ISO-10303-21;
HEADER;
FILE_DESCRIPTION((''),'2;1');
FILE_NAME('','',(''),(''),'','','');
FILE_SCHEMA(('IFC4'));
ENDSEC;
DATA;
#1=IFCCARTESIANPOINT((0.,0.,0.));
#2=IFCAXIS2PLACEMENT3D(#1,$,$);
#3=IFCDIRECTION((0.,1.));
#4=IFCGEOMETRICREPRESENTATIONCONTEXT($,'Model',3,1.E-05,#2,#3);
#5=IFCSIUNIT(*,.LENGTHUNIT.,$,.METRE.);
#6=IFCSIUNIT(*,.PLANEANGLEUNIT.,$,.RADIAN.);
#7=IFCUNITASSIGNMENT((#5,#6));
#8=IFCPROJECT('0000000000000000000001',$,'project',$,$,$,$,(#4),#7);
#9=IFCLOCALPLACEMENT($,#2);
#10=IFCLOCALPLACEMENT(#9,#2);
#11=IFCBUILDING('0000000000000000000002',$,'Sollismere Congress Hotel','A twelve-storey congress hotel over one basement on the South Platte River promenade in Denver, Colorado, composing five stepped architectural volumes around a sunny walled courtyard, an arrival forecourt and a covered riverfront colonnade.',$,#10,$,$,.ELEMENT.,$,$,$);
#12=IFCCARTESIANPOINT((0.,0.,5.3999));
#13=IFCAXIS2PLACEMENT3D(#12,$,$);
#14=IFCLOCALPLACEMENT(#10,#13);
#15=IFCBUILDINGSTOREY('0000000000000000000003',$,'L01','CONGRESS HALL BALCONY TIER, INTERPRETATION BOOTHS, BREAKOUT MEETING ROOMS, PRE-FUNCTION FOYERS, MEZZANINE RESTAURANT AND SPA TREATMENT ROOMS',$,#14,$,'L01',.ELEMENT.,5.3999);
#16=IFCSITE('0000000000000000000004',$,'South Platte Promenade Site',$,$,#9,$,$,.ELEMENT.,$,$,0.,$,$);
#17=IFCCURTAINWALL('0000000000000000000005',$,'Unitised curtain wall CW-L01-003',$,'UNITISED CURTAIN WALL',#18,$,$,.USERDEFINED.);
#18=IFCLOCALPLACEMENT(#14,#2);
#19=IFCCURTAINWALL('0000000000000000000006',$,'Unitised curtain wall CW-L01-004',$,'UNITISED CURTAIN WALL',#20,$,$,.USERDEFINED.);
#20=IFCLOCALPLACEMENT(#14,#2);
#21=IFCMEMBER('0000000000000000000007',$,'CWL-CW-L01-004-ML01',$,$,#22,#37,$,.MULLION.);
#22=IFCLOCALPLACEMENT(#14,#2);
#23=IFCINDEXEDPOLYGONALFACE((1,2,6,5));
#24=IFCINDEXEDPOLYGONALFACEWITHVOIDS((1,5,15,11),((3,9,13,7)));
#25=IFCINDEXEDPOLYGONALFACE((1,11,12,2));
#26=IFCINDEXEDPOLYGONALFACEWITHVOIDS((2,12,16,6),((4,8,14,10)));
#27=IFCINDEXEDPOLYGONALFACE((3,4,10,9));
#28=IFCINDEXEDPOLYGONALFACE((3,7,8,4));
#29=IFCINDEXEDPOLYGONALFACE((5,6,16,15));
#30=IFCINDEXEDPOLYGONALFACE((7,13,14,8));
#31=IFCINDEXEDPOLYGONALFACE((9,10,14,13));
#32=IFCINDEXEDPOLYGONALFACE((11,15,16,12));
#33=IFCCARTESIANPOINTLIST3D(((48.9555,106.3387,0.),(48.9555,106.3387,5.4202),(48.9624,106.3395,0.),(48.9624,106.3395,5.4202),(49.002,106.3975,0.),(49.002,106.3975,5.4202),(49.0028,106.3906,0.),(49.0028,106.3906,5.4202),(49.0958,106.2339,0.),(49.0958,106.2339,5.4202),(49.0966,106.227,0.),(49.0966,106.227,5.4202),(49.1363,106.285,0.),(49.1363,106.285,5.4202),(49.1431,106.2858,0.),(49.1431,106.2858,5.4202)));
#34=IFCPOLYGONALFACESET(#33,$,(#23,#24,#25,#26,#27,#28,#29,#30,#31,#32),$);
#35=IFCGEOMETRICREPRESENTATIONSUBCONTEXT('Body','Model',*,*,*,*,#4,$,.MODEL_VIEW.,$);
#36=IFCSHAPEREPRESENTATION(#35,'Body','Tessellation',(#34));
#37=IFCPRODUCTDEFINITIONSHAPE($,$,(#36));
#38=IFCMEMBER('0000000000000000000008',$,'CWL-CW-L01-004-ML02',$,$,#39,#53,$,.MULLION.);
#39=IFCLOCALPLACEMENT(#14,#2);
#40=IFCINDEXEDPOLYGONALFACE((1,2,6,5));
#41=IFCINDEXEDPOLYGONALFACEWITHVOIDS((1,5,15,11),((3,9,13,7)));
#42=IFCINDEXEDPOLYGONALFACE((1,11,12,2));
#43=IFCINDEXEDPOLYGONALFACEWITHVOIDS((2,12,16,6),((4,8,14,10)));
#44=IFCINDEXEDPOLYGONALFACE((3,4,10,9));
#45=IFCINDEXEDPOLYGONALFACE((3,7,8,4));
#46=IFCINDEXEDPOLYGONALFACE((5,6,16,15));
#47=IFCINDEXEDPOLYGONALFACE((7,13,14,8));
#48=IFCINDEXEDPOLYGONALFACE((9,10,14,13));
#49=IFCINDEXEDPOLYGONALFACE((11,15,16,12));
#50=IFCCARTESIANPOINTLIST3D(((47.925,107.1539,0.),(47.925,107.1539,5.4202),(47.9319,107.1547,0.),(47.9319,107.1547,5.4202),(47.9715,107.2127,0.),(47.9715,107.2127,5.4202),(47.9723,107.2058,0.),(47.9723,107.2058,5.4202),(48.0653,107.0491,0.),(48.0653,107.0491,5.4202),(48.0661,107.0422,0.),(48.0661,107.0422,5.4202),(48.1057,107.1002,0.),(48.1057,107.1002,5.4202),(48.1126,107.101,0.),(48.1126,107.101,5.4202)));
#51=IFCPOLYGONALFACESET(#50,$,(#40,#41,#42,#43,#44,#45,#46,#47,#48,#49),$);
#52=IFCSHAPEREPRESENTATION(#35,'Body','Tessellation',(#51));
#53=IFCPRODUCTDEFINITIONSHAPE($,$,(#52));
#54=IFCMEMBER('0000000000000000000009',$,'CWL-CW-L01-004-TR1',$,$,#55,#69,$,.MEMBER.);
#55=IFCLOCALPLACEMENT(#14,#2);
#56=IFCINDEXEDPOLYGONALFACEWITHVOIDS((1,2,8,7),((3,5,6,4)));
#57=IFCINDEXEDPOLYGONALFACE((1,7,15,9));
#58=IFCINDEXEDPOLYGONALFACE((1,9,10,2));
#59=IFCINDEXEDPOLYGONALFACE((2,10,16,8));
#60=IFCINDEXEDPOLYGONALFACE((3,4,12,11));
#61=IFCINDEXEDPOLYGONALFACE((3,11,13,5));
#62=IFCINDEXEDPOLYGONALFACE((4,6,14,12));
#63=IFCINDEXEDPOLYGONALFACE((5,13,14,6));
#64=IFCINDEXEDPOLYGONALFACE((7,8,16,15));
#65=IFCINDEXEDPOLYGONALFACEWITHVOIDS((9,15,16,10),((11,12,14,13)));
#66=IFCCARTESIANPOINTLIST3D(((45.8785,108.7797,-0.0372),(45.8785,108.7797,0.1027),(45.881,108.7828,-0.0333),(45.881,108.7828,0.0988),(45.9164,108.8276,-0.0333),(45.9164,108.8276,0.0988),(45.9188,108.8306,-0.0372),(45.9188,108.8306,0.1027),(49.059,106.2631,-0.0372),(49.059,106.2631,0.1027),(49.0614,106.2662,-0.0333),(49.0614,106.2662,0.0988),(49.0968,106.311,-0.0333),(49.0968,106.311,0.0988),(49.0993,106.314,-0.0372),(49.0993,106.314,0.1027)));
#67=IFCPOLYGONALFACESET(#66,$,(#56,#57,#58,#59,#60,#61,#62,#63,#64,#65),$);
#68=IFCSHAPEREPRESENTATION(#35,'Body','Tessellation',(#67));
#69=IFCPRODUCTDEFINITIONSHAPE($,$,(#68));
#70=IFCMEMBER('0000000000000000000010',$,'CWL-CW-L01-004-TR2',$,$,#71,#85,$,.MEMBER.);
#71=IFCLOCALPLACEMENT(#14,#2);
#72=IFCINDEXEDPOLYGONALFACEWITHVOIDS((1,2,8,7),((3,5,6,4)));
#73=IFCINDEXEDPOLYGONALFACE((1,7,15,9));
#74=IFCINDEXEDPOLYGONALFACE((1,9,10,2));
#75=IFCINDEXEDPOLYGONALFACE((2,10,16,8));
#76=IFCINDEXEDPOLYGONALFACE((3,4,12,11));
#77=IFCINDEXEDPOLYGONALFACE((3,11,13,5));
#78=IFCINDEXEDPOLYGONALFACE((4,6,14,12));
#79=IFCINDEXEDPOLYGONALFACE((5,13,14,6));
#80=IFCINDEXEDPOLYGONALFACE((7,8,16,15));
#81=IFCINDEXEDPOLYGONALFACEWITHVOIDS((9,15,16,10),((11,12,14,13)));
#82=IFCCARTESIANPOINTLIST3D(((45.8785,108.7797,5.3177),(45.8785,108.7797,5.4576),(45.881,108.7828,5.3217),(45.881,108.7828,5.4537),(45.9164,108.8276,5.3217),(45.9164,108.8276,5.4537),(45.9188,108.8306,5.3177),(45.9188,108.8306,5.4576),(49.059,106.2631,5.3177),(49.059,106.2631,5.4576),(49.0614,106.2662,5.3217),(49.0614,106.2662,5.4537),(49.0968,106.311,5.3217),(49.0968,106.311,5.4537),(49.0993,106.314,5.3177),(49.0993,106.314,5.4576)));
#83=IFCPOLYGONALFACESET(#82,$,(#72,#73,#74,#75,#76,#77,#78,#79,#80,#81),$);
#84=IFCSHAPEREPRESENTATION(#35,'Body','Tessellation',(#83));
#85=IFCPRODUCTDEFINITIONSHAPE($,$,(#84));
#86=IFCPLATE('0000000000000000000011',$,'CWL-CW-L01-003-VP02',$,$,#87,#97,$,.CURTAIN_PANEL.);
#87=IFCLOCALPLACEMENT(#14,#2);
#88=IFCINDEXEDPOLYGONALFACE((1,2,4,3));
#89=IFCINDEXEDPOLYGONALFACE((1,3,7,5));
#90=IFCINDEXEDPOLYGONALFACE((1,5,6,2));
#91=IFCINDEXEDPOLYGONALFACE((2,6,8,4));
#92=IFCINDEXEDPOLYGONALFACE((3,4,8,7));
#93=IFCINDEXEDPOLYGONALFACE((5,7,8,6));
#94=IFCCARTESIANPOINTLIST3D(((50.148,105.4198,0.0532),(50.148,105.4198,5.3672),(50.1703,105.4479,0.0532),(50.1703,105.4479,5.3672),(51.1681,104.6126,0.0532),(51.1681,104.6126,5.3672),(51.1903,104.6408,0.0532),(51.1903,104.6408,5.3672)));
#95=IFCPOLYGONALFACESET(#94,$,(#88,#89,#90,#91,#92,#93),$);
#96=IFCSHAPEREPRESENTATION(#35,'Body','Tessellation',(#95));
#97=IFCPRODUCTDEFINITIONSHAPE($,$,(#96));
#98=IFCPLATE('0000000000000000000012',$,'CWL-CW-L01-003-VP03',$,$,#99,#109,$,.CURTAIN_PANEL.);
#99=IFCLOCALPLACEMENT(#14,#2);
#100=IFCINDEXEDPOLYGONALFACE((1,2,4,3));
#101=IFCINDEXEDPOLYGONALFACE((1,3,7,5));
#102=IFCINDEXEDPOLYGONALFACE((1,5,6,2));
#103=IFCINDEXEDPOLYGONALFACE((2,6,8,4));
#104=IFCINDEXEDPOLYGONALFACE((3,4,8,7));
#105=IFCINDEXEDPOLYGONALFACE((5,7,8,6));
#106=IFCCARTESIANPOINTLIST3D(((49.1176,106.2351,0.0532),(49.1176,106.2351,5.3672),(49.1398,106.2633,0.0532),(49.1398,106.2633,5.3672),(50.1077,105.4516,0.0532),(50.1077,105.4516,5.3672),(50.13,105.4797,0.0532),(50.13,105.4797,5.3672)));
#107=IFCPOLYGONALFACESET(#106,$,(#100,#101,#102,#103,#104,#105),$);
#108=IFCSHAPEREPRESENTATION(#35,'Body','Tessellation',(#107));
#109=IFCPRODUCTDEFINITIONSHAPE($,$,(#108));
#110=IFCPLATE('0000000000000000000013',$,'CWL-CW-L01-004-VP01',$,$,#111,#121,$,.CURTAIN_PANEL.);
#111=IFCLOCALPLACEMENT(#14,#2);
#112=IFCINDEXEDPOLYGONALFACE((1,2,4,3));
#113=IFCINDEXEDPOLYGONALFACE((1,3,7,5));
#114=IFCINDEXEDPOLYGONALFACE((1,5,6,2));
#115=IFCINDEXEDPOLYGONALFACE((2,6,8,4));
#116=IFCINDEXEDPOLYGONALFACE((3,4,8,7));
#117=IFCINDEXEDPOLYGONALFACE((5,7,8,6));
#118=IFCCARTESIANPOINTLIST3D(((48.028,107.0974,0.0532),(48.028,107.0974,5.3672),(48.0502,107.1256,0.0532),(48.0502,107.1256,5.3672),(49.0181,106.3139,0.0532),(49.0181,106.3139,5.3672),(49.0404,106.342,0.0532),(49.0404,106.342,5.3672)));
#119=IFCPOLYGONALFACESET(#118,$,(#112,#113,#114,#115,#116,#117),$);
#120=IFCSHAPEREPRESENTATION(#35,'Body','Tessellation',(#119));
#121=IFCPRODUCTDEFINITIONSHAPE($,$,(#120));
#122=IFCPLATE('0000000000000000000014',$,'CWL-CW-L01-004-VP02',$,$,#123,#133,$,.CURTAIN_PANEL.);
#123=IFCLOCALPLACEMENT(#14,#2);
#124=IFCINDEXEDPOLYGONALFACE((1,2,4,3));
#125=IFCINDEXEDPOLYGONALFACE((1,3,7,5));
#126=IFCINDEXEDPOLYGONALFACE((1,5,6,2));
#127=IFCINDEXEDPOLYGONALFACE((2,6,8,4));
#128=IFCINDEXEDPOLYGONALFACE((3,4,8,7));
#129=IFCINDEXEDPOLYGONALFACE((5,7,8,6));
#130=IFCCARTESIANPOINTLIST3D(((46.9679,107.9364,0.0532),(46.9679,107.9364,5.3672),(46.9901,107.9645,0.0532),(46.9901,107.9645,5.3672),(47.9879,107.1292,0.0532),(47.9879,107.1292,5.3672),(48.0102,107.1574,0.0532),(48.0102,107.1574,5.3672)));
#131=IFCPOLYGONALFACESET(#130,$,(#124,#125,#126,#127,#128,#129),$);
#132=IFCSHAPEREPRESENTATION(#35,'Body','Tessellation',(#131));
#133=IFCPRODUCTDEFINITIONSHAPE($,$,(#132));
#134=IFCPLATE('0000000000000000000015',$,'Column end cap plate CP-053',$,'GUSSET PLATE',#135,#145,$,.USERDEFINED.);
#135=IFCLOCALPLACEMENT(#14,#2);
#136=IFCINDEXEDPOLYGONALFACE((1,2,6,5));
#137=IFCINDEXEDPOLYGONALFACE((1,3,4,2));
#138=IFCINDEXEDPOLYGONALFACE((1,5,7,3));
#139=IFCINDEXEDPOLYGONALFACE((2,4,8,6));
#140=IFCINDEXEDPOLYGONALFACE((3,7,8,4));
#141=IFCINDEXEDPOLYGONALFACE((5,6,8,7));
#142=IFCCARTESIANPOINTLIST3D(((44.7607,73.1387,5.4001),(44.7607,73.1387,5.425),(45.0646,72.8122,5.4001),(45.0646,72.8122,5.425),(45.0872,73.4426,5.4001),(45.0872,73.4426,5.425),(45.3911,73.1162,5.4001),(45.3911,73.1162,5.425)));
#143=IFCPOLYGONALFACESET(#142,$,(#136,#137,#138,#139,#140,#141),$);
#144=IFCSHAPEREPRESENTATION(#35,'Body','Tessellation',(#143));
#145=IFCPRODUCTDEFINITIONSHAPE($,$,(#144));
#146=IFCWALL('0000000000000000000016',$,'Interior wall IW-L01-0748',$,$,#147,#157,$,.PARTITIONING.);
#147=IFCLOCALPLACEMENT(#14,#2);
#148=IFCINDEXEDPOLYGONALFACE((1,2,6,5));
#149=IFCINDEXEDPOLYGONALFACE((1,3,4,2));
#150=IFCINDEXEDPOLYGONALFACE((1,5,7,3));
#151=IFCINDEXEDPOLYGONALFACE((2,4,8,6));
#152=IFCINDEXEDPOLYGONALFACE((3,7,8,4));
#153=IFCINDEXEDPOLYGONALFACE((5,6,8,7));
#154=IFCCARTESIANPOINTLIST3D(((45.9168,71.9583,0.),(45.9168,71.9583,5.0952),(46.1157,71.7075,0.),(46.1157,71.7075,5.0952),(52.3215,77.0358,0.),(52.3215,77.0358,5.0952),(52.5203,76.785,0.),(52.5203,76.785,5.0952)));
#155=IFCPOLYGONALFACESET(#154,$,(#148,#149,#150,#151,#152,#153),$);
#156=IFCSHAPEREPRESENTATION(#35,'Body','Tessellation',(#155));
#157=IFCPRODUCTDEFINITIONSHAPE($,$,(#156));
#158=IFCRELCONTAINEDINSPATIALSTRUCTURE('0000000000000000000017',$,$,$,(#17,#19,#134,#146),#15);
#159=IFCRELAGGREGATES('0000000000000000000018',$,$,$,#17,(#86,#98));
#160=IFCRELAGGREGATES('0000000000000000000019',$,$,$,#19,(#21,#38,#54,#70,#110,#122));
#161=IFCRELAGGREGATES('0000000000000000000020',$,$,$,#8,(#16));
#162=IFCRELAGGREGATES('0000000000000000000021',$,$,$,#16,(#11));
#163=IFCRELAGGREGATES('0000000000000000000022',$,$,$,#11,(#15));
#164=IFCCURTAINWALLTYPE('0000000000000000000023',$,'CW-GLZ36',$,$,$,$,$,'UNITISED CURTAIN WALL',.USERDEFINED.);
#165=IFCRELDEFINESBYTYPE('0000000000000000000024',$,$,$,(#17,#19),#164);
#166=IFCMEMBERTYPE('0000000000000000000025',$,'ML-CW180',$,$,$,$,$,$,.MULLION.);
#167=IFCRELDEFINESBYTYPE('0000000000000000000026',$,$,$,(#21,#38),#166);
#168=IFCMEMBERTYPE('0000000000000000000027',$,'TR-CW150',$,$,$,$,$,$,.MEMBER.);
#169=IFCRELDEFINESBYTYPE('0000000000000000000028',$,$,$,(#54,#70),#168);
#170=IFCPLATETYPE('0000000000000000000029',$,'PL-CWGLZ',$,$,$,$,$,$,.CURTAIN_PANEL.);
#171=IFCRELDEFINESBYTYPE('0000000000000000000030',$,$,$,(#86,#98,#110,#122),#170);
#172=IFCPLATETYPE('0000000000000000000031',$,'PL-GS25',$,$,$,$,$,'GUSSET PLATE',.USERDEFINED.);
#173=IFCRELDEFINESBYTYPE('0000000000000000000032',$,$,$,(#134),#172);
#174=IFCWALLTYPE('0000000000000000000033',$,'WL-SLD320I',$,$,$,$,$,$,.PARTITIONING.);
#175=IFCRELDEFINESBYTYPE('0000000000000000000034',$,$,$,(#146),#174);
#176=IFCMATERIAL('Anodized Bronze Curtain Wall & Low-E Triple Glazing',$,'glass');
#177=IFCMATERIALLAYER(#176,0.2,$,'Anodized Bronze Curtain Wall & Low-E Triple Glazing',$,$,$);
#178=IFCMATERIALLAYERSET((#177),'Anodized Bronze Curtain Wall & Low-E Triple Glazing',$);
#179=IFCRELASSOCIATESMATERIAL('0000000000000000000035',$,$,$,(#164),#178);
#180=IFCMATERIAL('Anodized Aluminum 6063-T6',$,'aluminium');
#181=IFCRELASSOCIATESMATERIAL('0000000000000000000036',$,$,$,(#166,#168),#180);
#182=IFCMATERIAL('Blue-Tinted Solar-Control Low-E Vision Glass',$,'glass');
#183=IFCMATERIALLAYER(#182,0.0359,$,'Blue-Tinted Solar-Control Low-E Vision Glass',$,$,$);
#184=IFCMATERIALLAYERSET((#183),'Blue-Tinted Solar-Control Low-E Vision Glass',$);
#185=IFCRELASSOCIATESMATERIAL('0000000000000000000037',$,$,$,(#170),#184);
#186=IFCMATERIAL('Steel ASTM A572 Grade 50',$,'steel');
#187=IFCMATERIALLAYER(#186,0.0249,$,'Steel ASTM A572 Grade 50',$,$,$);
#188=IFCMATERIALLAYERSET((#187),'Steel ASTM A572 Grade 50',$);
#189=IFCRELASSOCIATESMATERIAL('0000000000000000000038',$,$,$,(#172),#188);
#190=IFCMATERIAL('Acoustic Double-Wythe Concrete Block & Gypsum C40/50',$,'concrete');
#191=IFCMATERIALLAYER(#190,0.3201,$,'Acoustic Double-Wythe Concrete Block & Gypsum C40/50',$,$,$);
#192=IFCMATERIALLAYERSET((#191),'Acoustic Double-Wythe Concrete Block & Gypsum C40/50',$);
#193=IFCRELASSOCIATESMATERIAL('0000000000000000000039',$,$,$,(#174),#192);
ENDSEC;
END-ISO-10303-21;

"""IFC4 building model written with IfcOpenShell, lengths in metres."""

from ifc_helpers import new_model, si_unit, direction, frame, frame_2d, origin, origin_2d, place, context, subcontext, project, spatial, rectangle, hollow_rectangle, extrude, material, layer, layer_set, material_profile, profile_set, type_object, element, aggregate, save


model = new_model("IFC4")

# Units and contexts
model_context = context("Model", 3, precision=1e-05, world=origin(), true_north=direction((0.0, 1.0)))
body_context = subcontext(model_context, "Body", "Model", "MODEL_VIEW")
ifc_project = project(units=[si_unit("LENGTHUNIT", "METRE"), si_unit("PLANEANGLEUNIT", "RADIAN")], contexts=[model_context])

# Site, building, storey
site_placement = place(None, origin())
site = spatial("IfcSite", under=ifc_project, at=site_placement, Name="South Platte Promenade Site", CompositionType="ELEMENT", RefElevation=0.0)
building_placement = place(site_placement, origin())
building = spatial("IfcBuilding", under=site, at=building_placement, Name="Sollismere Congress Hotel", Description="A twelve-storey congress hotel over one basement on the South Platte River promenade in Denver, Colorado, composing five stepped architectural volumes around a sunny walled courtyard, an arrival forecourt and a covered riverfront colonnade.", CompositionType="ELEMENT")
storey_placement = place(building_placement, frame((0.0, 0.0, 5.3999)))
storey = spatial("IfcBuildingStorey", under=building, at=storey_placement, Name="L01", Description="CONGRESS HALL BALCONY TIER, INTERPRETATION BOOTHS, BREAKOUT MEETING ROOMS, PRE-FUNCTION FOYERS, MEZZANINE RESTAURANT AND SPA TREATMENT ROOMS", LongName="L01", CompositionType="ELEMENT", Elevation=5.3999)

# Curtain walls, members
ifc_material_1 = material(Name="Anodized Bronze Curtain Wall & Low-E Triple Glazing", Category="glass")
ifc_layer_1 = layer(ifc_material_1, 0.2, Name="Anodized Bronze Curtain Wall & Low-E Triple Glazing")
ifc_layer_set_1 = layer_set([ifc_layer_1], Name="Anodized Bronze Curtain Wall & Low-E Triple Glazing")
curtain_wall_type = type_object("IfcCurtainWallType", Name="CW-GLZ36", ElementType="UNITISED CURTAIN WALL", PredefinedType="USERDEFINED", material=ifc_layer_set_1)
curtain_wall_1_placement = place(storey_placement, origin())
curtain_wall_1 = element("IfcCurtainWall", 1, at=curtain_wall_1_placement, inside=storey, type_object=curtain_wall_type, Name="Unitised curtain wall CW-L01-003", ObjectType="UNITISED CURTAIN WALL", PredefinedType="USERDEFINED")
ifc_material_2 = material(Name="Anodized Aluminum 6063-T6", Category="aluminium")
ifc_material_profile_1 = material_profile(ifc_material_2, hollow_rectangle(XDim=0.075, YDim=0.1799, WallThickness=0.0049, at=origin_2d()), Name="ALU180X75X5")
ifc_profile_set_1 = profile_set([ifc_material_profile_1], Name="Anodized Aluminum 6063-T6")
member_type_1 = type_object("IfcMemberType", Name="ML-CW180", PredefinedType="MULLION", material=ifc_profile_set_1)
curtain_wall_2_placement = place(storey_placement, origin())
curtain_wall_2 = element("IfcCurtainWall", 2, at=curtain_wall_2_placement, inside=storey, type_object=curtain_wall_type, Name="Unitised curtain wall CW-L01-004", ObjectType="UNITISED CURTAIN WALL", PredefinedType="USERDEFINED")
member_1_placement = place(storey_placement, frame((49.0493, 106.3123, 0.0), z_axis=(0.0, 0.0, 1.0), x_axis=(-0.620532, -0.784181, 0.0)))
member_1 = element("IfcMember", 3, at=member_1_placement, type_object=member_type_1, Name="CWL-CW-L01-004-ML01", PredefinedType="MULLION", context=body_context, shape_type="SweptSolid", body=[
    extrude(hollow_rectangle(XDim=0.075, YDim=0.1799, WallThickness=0.0049, at=origin_2d()), origin(), (0.0, 0.0, 1.0), 5.4202),
])
member_2_placement = place(storey_placement, frame((48.0188, 107.1274, 0.0), z_axis=(0.0, 0.0, 1.0), x_axis=(-0.620532, -0.784181, 0.0)))
member_2 = element("IfcMember", 4, at=member_2_placement, type_object=member_type_1, Name="CWL-CW-L01-004-ML02", PredefinedType="MULLION", context=body_context, shape_type="SweptSolid", body=[
    extrude(hollow_rectangle(XDim=0.075, YDim=0.1799, WallThickness=0.0049, at=origin_2d()), origin(), (0.0, 0.0, 1.0), 5.4202),
])
ifc_material_profile_2 = material_profile(ifc_material_2, hollow_rectangle(XDim=0.0649, YDim=0.1399, WallThickness=0.0039, at=origin_2d()), Name="ALU140X65X4")
ifc_profile_set_2 = profile_set([ifc_material_profile_2], Name="Anodized Aluminum 6063-T6")
member_type_2 = type_object("IfcMemberType", Name="TR-CW150", PredefinedType="MEMBER", material=ifc_profile_set_2)
member_3_placement = place(storey_placement, frame((49.0791, 106.2886, 0.0327), z_axis=(-0.784194, 0.620516, 0.0), x_axis=(-0.620516, -0.784194, 0.0)))
member_3 = element("IfcMember", 5, at=member_3_placement, type_object=member_type_2, Name="CWL-CW-L01-004-TR1", PredefinedType="MEMBER", context=body_context, shape_type="SweptSolid", body=[
    extrude(hollow_rectangle(XDim=0.0649, YDim=0.1399, WallThickness=0.0039, at=origin_2d()), origin(), (0.0, 0.0, 1.0), 4.0557),
])
member_4_placement = place(storey_placement, frame((49.0791, 106.2886, 5.3877), z_axis=(-0.784194, 0.620516, 0.0), x_axis=(-0.620516, -0.784194, 0.0)))
member_4 = element("IfcMember", 6, at=member_4_placement, type_object=member_type_2, Name="CWL-CW-L01-004-TR2", PredefinedType="MEMBER", context=body_context, shape_type="SweptSolid", body=[
    extrude(hollow_rectangle(XDim=0.0649, YDim=0.1399, WallThickness=0.0039, at=origin_2d()), origin(), (0.0, 0.0, 1.0), 4.0557),
])

# Plates
ifc_material_3 = material(Name="Blue-Tinted Solar-Control Low-E Vision Glass", Category="glass")
ifc_layer_2 = layer(ifc_material_3, 0.0359, Name="Blue-Tinted Solar-Control Low-E Vision Glass")
ifc_layer_set_2 = layer_set([ifc_layer_2], Name="Blue-Tinted Solar-Control Low-E Vision Glass")
plate_type_1 = type_object("IfcPlateType", Name="PL-CWGLZ", PredefinedType="CURTAIN_PANEL", material=ifc_layer_set_2)
plate_1_placement = place(storey_placement, frame((50.6692, 105.0303, 0.0532), z_axis=(0.0, 0.0, 1.0), x_axis=(-0.784181, 0.620532, 0.0)))
plate_1 = element("IfcPlate", 7, at=plate_1_placement, type_object=plate_type_1, Name="CWL-CW-L01-003-VP02", PredefinedType="CURTAIN_PANEL", context=body_context, shape_type="SweptSolid", body=[
    extrude(rectangle(XDim=1.3008, YDim=0.0359, at=origin_2d()), origin(), (0.0, 0.0, 1.0), 5.314),
])
plate_2_placement = place(storey_placement, frame((49.6238, 105.8574, 0.0532), z_axis=(0.0, 0.0, 1.0), x_axis=(-0.784181, 0.620532, 0.0)))
plate_2 = element("IfcPlate", 8, at=plate_2_placement, type_object=plate_type_1, Name="CWL-CW-L01-003-VP03", PredefinedType="CURTAIN_PANEL", context=body_context, shape_type="SweptSolid", body=[
    extrude(rectangle(XDim=1.2627, YDim=0.0359, at=origin_2d()), origin(), (0.0, 0.0, 1.0), 5.314),
])
aggregate(curtain_wall_1, [plate_1, plate_2])
plate_3_placement = place(storey_placement, frame((48.5342, 106.7197, 0.0532), z_axis=(0.0, 0.0, 1.0), x_axis=(-0.784181, 0.620532, 0.0)))
plate_3 = element("IfcPlate", 9, at=plate_3_placement, type_object=plate_type_1, Name="CWL-CW-L01-004-VP01", PredefinedType="CURTAIN_PANEL", context=body_context, shape_type="SweptSolid", body=[
    extrude(rectangle(XDim=1.2627, YDim=0.0359, at=origin_2d()), origin(), (0.0, 0.0, 1.0), 5.314),
])
plate_4_placement = place(storey_placement, frame((47.489, 107.5469, 0.0532), z_axis=(0.0, 0.0, 1.0), x_axis=(-0.784181, 0.620532, 0.0)))
plate_4 = element("IfcPlate", 10, at=plate_4_placement, type_object=plate_type_1, Name="CWL-CW-L01-004-VP02", PredefinedType="CURTAIN_PANEL", context=body_context, shape_type="SweptSolid", body=[
    extrude(rectangle(XDim=1.3008, YDim=0.0359, at=origin_2d()), origin(), (0.0, 0.0, 1.0), 5.314),
])
aggregate(curtain_wall_2, [member_1, member_2, member_3, member_4, plate_3, plate_4])
ifc_material_4 = material(Name="Steel ASTM A572 Grade 50", Category="steel")
ifc_layer_3 = layer(ifc_material_4, 0.0249, Name="Steel ASTM A572 Grade 50")
ifc_layer_set_3 = layer_set([ifc_layer_3], Name="Steel ASTM A572 Grade 50")
plate_type_2 = type_object("IfcPlateType", Name="PL-GS25", ElementType="GUSSET PLATE", PredefinedType="USERDEFINED", material=ifc_layer_set_3)
plate_5_placement = place(storey_placement, frame((45.0759, 73.1274, 5.4001), z_axis=(0.0, 0.0, 1.0), x_axis=(0.68136, -0.731949, 0.0)))
element("IfcPlate", 11, at=plate_5_placement, inside=storey, type_object=plate_type_2, Name="Column end cap plate CP-053", ObjectType="GUSSET PLATE", PredefinedType="USERDEFINED", context=body_context, shape_type="SweptSolid", body=[
    extrude(rectangle(XDim=0.446, YDim=0.446, at=origin_2d()), origin(), (0.0, 0.0, 1.0), 0.0249),
])

# Wall
ifc_material_5 = material(Name="Acoustic Double-Wythe Concrete Block & Gypsum C40/50", Category="concrete")
ifc_layer_4 = layer(ifc_material_5, 0.3201, Name="Acoustic Double-Wythe Concrete Block & Gypsum C40/50")
ifc_layer_set_4 = layer_set([ifc_layer_4], Name="Acoustic Double-Wythe Concrete Block & Gypsum C40/50")
wall_type = type_object("IfcWallType", Name="WL-SLD320I", PredefinedType="PARTITIONING", material=ifc_layer_set_4)
wall_placement = place(storey_placement, frame((46.0164, 71.833, 0.0), z_axis=(0.0, 0.0, 1.0), x_axis=(0.783621, 0.621239, 0.0)))
element("IfcWall", 12, at=wall_placement, inside=storey, type_object=wall_type, Name="Interior wall IW-L01-0748", PredefinedType="PARTITIONING", context=body_context, shape_type="SweptSolid", body=[
    extrude(rectangle(XDim=8.1731, YDim=0.3201, at=frame_2d((4.0864, 0.0))), origin(), (0.0, 0.0, 1.0), 5.0952),
])

save(model, "model.ifc")
